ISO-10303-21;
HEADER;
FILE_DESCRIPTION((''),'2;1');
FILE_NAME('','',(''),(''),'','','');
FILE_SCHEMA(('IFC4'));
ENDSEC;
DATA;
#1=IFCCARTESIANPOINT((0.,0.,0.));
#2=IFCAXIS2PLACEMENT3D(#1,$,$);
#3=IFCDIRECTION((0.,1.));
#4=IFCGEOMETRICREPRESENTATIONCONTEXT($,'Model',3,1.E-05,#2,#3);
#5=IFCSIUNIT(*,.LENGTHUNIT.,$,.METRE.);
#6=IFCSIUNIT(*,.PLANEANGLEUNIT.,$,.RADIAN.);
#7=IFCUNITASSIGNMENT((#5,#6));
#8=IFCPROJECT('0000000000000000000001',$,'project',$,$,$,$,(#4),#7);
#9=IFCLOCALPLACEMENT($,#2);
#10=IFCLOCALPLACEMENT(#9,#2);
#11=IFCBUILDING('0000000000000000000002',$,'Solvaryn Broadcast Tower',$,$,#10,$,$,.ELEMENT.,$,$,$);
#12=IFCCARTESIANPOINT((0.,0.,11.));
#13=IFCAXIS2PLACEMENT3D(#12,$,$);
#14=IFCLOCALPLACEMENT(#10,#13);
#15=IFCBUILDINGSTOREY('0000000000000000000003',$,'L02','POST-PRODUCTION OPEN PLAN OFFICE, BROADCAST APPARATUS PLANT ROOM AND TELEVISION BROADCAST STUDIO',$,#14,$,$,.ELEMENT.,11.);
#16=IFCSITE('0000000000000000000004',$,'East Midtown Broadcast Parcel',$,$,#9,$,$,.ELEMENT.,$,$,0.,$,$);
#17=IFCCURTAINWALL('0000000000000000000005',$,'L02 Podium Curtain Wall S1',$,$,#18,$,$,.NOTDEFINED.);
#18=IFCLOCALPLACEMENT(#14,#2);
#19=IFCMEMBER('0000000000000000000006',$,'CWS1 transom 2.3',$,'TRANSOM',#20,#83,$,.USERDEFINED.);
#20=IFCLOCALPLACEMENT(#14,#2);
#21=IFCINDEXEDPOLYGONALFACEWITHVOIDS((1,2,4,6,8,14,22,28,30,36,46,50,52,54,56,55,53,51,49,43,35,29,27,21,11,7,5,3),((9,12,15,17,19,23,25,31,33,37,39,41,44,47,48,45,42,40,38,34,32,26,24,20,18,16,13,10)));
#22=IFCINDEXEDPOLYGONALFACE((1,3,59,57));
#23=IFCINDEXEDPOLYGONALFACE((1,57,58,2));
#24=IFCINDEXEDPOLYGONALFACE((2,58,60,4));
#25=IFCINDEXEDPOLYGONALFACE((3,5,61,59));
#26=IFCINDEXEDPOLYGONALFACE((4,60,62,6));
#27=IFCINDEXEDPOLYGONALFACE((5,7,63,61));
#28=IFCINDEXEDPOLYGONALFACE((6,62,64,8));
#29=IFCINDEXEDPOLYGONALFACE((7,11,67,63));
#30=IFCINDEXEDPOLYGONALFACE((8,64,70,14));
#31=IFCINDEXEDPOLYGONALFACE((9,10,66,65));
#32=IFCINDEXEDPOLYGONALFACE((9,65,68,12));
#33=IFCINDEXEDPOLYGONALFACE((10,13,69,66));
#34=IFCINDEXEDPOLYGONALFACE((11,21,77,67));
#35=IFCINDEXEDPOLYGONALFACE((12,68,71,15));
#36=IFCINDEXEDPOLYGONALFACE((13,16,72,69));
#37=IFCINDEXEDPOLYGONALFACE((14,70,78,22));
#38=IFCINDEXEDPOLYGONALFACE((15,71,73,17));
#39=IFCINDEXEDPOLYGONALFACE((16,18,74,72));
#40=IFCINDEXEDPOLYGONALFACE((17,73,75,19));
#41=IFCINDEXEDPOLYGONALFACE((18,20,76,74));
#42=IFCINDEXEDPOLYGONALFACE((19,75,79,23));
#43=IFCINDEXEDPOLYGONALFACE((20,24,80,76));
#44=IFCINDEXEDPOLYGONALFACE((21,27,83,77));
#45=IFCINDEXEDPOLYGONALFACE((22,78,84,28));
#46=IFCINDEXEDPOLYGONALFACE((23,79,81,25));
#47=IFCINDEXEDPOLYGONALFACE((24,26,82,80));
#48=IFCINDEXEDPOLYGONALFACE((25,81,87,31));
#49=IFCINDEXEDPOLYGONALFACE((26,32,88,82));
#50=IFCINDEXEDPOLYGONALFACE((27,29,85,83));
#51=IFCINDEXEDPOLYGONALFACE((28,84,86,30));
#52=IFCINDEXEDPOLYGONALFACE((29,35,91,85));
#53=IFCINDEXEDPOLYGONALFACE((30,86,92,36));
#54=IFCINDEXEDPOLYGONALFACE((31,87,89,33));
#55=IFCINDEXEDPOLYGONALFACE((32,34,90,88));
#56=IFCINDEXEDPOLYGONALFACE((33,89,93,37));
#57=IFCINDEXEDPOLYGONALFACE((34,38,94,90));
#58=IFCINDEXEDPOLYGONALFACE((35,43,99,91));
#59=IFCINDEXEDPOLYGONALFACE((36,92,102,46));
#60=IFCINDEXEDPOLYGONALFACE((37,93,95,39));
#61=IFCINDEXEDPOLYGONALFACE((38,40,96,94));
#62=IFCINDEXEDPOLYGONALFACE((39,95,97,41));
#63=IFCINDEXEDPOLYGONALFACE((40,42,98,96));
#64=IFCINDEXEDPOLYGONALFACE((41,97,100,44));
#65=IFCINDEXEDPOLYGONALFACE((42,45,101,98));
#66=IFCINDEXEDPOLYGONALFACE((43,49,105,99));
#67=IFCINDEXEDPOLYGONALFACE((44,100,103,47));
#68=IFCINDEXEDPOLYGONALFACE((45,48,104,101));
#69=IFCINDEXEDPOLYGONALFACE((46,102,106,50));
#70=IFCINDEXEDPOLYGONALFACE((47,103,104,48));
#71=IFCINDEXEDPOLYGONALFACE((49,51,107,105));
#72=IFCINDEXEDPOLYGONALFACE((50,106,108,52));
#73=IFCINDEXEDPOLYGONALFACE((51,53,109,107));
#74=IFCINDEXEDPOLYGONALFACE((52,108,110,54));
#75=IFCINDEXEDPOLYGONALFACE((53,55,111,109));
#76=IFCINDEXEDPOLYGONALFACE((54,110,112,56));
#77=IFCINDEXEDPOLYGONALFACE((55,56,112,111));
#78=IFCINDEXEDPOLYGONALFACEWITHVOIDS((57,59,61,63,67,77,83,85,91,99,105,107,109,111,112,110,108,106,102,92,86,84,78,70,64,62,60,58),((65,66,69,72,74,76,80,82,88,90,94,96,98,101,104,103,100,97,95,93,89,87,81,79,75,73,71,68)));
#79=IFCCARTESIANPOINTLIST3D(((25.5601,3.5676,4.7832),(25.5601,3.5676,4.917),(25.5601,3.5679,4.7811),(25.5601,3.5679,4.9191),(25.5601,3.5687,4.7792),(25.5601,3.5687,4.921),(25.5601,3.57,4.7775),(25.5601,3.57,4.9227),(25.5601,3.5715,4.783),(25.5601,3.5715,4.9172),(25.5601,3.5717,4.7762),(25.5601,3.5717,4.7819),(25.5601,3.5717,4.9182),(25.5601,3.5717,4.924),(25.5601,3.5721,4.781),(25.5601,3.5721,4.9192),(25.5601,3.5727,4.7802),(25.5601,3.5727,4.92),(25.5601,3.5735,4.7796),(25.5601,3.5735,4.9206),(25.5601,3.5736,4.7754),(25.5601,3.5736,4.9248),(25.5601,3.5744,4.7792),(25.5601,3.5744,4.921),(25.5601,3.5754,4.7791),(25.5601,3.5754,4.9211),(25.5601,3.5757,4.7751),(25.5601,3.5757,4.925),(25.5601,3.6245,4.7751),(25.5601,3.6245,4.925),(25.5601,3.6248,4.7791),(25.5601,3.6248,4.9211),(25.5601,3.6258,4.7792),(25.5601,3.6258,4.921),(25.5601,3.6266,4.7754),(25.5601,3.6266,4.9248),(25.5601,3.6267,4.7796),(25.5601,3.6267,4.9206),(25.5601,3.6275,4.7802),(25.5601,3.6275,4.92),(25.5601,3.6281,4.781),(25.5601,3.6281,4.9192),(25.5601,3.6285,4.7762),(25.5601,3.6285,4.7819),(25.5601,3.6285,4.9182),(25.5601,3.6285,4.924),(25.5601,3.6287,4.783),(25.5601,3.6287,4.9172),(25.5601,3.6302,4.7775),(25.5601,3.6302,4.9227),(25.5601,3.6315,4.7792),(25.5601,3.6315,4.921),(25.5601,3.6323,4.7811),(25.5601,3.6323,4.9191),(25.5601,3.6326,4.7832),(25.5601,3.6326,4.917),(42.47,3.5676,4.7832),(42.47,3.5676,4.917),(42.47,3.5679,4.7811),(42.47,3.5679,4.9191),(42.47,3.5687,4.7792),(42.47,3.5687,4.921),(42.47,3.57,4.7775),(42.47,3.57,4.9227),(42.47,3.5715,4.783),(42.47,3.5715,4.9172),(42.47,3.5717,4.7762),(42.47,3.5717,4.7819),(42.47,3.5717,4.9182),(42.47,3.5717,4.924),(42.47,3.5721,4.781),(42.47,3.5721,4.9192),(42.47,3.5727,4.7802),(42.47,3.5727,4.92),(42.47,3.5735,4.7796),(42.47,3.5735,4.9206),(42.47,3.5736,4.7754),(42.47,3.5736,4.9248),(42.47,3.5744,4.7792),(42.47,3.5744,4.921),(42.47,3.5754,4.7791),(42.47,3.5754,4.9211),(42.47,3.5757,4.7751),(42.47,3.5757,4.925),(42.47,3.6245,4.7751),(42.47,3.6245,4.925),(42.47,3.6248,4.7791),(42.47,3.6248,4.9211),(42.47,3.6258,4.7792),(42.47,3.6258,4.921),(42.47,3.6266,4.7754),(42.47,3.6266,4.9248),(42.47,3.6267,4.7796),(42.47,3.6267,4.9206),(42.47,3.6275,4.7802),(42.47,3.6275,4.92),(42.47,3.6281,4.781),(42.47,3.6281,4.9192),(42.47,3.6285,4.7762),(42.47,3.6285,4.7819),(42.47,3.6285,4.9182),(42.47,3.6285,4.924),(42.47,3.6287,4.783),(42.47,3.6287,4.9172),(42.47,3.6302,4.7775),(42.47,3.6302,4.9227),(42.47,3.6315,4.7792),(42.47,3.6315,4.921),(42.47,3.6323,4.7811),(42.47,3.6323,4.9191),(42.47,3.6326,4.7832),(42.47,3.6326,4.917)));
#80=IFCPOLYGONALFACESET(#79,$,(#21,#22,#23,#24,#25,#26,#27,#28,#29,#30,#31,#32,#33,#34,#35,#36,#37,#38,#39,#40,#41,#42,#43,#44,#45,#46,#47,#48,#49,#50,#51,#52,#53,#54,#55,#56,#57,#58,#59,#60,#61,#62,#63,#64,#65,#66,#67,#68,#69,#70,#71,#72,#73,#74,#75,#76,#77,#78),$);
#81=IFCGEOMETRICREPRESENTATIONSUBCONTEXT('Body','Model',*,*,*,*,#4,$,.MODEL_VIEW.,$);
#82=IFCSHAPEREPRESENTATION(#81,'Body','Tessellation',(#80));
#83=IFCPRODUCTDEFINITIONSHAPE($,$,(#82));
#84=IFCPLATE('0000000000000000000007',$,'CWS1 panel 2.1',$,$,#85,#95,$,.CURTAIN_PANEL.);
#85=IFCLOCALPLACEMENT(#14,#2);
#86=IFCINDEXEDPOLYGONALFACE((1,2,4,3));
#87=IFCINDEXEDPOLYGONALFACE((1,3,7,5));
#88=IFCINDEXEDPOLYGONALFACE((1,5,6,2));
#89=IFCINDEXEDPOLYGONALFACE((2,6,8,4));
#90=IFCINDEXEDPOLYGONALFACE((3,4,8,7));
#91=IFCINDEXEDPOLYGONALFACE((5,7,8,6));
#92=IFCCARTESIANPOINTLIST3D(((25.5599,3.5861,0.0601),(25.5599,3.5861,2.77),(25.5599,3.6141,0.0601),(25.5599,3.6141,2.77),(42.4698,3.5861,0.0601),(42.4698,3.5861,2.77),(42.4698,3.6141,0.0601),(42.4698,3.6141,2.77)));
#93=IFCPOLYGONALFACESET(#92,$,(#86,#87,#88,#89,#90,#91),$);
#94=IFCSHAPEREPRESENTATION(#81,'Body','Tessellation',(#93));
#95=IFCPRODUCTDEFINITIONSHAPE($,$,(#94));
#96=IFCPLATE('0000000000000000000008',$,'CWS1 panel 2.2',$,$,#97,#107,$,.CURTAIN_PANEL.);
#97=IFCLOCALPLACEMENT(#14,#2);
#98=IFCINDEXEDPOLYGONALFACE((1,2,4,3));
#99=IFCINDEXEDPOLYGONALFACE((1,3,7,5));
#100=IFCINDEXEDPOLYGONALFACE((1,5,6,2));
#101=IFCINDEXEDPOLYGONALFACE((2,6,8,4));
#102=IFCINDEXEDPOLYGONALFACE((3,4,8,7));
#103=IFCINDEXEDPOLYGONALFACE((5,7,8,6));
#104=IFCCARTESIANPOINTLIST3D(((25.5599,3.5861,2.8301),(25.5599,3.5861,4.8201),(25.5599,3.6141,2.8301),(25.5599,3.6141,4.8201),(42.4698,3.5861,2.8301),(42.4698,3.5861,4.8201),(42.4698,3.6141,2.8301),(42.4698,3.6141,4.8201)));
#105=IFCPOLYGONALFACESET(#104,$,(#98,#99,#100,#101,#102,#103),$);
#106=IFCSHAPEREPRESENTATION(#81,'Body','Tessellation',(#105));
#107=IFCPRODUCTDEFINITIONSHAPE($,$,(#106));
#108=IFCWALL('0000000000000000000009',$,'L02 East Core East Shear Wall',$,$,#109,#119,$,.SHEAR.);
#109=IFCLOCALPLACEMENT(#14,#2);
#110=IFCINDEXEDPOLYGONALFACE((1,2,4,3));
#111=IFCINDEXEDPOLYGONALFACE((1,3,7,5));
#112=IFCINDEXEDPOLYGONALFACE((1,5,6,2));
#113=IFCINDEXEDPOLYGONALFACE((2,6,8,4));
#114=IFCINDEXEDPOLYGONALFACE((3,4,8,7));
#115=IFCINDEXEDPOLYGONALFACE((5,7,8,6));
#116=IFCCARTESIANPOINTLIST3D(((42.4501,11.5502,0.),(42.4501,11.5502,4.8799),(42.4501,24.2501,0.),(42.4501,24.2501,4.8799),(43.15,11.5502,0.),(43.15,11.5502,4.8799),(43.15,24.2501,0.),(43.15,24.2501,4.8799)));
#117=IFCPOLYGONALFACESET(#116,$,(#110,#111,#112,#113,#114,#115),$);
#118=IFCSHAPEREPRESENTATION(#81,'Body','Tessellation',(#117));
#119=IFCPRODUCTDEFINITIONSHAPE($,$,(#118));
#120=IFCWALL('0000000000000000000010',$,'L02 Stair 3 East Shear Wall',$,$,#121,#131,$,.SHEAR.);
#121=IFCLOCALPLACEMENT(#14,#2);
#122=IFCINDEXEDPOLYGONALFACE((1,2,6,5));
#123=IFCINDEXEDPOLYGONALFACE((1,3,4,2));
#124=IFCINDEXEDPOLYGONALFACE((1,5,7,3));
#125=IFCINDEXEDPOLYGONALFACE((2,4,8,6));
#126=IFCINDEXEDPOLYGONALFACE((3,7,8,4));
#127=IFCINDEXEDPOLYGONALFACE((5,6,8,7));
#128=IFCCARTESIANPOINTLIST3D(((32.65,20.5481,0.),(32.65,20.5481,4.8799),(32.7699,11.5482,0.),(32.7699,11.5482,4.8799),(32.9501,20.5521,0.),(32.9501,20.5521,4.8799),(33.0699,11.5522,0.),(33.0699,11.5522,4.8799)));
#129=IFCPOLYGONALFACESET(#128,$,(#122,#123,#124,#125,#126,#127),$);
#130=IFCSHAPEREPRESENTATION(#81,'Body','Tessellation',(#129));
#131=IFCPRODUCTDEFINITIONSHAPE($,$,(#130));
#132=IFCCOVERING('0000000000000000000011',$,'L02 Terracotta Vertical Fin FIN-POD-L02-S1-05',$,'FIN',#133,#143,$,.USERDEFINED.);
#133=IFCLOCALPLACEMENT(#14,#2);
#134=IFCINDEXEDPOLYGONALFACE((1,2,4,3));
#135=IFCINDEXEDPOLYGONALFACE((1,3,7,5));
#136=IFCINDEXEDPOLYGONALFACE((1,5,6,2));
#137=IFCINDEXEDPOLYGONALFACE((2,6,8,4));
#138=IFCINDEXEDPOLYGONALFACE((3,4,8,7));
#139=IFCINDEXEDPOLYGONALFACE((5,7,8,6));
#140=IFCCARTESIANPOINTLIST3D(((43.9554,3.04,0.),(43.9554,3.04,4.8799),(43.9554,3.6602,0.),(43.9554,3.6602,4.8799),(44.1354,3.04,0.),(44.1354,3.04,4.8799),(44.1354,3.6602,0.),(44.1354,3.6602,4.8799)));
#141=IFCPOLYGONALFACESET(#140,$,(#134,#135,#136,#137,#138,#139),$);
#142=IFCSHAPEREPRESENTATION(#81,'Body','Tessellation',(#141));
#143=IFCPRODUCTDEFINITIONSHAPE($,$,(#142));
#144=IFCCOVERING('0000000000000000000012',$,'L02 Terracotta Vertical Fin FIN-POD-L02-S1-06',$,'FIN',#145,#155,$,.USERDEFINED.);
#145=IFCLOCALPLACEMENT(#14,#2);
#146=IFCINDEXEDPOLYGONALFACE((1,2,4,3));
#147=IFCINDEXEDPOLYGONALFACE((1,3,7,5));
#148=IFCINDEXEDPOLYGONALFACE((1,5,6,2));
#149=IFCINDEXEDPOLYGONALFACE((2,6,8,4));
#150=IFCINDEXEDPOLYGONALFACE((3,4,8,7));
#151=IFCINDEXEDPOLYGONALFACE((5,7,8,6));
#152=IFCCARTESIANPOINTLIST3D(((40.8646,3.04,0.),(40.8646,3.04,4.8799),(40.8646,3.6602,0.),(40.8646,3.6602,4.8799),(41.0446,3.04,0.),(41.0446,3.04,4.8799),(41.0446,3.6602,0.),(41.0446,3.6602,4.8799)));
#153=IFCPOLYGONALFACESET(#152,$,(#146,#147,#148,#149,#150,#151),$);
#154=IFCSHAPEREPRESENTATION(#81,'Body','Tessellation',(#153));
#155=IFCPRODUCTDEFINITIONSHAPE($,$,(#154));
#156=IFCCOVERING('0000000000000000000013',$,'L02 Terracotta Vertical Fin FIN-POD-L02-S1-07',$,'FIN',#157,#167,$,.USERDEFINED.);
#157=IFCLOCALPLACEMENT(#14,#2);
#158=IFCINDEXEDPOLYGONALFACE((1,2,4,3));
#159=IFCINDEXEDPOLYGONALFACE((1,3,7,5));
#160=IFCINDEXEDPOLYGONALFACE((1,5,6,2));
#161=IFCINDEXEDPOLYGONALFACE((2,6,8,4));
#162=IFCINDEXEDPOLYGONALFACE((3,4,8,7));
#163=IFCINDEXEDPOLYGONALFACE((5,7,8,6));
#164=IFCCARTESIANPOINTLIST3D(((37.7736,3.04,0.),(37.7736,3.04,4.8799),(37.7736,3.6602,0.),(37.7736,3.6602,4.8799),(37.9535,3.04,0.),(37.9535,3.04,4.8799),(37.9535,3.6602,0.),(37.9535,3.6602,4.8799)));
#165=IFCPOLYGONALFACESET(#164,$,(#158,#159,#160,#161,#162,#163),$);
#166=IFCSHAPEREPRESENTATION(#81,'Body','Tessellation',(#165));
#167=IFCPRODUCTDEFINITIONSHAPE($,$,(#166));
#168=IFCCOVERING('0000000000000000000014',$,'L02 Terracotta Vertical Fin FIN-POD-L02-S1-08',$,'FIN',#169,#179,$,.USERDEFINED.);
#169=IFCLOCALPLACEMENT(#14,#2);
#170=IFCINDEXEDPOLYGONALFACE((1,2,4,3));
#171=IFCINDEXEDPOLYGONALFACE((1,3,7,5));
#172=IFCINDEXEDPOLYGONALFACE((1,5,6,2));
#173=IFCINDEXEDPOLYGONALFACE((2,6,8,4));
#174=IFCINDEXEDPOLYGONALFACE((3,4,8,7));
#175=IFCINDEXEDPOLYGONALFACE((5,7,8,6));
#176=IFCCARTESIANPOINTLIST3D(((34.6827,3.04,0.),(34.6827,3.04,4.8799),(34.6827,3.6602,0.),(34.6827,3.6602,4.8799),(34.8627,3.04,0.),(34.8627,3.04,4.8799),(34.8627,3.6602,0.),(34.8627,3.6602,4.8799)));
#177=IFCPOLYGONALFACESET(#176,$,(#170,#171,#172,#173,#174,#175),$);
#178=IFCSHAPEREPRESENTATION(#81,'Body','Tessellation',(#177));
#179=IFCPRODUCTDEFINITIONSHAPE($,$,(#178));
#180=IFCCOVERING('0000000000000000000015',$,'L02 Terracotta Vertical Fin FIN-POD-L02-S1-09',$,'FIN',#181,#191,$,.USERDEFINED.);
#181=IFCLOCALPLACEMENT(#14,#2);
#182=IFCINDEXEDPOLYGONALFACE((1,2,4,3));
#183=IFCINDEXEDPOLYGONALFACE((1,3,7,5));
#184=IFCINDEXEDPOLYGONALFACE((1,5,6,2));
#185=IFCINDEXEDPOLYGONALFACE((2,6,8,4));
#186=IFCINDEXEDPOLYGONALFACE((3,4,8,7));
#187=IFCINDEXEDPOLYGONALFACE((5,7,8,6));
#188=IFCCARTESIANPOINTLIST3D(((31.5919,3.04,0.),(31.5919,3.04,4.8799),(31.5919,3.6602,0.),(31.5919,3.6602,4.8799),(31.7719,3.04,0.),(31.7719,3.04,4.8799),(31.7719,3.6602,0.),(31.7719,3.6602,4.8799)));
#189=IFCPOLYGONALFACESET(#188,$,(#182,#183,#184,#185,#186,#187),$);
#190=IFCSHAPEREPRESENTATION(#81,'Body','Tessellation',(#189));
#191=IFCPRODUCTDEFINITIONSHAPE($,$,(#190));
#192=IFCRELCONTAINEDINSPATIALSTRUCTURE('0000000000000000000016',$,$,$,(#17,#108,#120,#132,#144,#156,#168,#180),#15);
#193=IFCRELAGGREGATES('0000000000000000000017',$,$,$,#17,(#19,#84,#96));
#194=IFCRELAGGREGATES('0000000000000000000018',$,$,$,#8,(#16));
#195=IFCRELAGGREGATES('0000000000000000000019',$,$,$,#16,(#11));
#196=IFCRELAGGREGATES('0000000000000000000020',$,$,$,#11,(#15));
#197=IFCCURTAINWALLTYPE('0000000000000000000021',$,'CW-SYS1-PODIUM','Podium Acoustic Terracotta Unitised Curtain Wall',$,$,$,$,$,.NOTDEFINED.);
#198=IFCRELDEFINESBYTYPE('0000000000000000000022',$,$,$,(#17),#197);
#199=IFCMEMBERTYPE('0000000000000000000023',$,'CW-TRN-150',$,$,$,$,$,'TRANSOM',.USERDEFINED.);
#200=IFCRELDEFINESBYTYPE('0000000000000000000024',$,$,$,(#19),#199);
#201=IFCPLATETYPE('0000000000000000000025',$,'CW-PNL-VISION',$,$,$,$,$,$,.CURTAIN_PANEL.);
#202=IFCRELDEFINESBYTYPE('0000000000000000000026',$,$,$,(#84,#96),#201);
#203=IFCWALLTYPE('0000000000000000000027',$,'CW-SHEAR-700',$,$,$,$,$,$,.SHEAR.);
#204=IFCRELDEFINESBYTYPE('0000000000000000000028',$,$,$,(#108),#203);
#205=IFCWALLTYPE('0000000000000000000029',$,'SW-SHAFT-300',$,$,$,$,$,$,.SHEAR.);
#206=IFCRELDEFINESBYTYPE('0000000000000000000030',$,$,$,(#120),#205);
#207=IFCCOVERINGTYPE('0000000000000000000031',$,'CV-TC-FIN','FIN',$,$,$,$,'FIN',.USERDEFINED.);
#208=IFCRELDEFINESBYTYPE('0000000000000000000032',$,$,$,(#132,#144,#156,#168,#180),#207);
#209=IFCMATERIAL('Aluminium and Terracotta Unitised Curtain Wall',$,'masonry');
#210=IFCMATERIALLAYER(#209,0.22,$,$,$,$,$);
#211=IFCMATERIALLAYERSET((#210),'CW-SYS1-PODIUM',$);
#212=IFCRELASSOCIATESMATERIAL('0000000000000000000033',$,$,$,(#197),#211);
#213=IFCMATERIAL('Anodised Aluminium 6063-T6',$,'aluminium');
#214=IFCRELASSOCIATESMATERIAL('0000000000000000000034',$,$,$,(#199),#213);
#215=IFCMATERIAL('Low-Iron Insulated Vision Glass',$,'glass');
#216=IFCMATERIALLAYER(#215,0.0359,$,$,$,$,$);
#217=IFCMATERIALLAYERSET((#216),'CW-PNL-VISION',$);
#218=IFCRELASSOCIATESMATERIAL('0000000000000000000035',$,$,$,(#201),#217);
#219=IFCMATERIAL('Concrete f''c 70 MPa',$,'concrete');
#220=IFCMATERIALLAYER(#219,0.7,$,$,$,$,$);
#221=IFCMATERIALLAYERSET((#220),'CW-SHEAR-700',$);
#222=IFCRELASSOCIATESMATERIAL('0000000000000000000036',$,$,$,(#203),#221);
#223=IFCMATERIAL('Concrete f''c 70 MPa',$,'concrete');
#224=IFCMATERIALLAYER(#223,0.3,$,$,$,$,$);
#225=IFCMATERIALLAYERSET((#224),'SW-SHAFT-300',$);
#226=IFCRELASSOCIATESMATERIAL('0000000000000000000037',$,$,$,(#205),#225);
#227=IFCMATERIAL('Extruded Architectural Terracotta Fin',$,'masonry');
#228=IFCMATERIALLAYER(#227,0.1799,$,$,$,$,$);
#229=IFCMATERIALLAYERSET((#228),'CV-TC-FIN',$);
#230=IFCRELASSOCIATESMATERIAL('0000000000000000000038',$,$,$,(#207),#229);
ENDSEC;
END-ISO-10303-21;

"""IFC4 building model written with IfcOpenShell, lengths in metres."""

from ifc_helpers import new_model, si_unit, direction, frame, frame_2d, origin, origin_2d, place, context, subcontext, project, spatial, rectangle, hollow_rectangle, extrude, material, layer, layer_set, material_profile, profile_set, type_object, element, aggregate, save


model = new_model("IFC4")

# Units and contexts
model_context = context("Model", 3, precision=1e-05, world=origin(), true_north=direction((0.0, 1.0)))
body_context = subcontext(model_context, "Body", "Model", "MODEL_VIEW")
ifc_project = project(units=[si_unit("LENGTHUNIT", "METRE"), si_unit("PLANEANGLEUNIT", "RADIAN")], contexts=[model_context])

# Site, building, storey
site_placement = place(None, origin())
site = spatial("IfcSite", under=ifc_project, at=site_placement, Name="East Midtown Broadcast Parcel", CompositionType="ELEMENT", RefElevation=0.0)
building_placement = place(site_placement, origin())
building = spatial("IfcBuilding", under=site, at=building_placement, Name="Solvaryn Broadcast Tower", CompositionType="ELEMENT")
storey_placement = place(building_placement, frame((0.0, 0.0, 11.0)))
storey = spatial("IfcBuildingStorey", under=building, at=storey_placement, Name="L02", Description="POST-PRODUCTION OPEN PLAN OFFICE, BROADCAST APPARATUS PLANT ROOM AND TELEVISION BROADCAST STUDIO", CompositionType="ELEMENT", Elevation=11.0)

# Curtain wall, member, plates
ifc_material_1 = material(Name="Aluminium and Terracotta Unitised Curtain Wall", Category="masonry")
ifc_layer_1 = layer(ifc_material_1, 0.22)
ifc_layer_set_1 = layer_set([ifc_layer_1], Name="CW-SYS1-PODIUM")
curtain_wall_type = type_object("IfcCurtainWallType", Name="CW-SYS1-PODIUM", Description="Podium Acoustic Terracotta Unitised Curtain Wall", PredefinedType="NOTDEFINED", material=ifc_layer_set_1)
curtain_wall_placement = place(storey_placement, origin())
curtain_wall = element("IfcCurtainWall", 1, at=curtain_wall_placement, inside=storey, type_object=curtain_wall_type, Name="L02 Podium Curtain Wall S1", PredefinedType="NOTDEFINED")
ifc_material_2 = material(Name="Anodised Aluminium 6063-T6", Category="aluminium")
ifc_material_profile_1 = material_profile(ifc_material_2, hollow_rectangle(XDim=0.0649, YDim=0.1499, WallThickness=0.0039, InnerFilletRadius=0.0039, OuterFilletRadius=0.0081, at=origin_2d()))
ifc_profile_set_1 = profile_set([ifc_material_profile_1], Name="Anodised Aluminium 6063-T6")
member_type_1 = type_object("IfcMemberType", Name="CW-TRN-150", ElementType="TRANSOM", PredefinedType="USERDEFINED", material=ifc_profile_set_1)
member_1_placement = place(storey_placement, frame((42.47, 3.6001, 4.8501), z_axis=(-1.0, 0.0, 0.0), x_axis=(0.0, -1.0, 0.0)))
member_1 = element("IfcMember", 2, at=member_1_placement, type_object=member_type_1, Name="CWS1 transom 2.3", ObjectType="TRANSOM", PredefinedType="USERDEFINED", context=body_context, shape_type="SweptSolid", body=[
    extrude(hollow_rectangle(XDim=0.0649, YDim=0.1499, WallThickness=0.0039, InnerFilletRadius=0.0039, OuterFilletRadius=0.0081, at=origin_2d()), origin(), (0.0, 0.0, 1.0), 16.9099),
])
ifc_material_3 = material(Name="Low-Iron Insulated Vision Glass", Category="glass")
ifc_layer_2 = layer(ifc_material_3, 0.0359)
ifc_layer_set_2 = layer_set([ifc_layer_2], Name="CW-PNL-VISION")
plate_type = type_object("IfcPlateType", Name="CW-PNL-VISION", PredefinedType="CURTAIN_PANEL", material=ifc_layer_set_2)
plate_1_placement = place(storey_placement, frame((34.0149, 3.6001, 0.0601), z_axis=(0.0, 0.0, 1.0), x_axis=(-1.0, 0.0, 0.0)))
plate_1 = element("IfcPlate", 3, at=plate_1_placement, type_object=plate_type, Name="CWS1 panel 2.1", PredefinedType="CURTAIN_PANEL", context=body_context, shape_type="SweptSolid", body=[
    extrude(rectangle(XDim=16.9099, YDim=0.0281, at=origin_2d()), origin(), (0.0, 0.0, 1.0), 2.71),
])
plate_2_placement = place(storey_placement, frame((34.0149, 3.6001, 2.8301), z_axis=(0.0, 0.0, 1.0), x_axis=(-1.0, 0.0, 0.0)))
plate_2 = element("IfcPlate", 4, at=plate_2_placement, type_object=plate_type, Name="CWS1 panel 2.2", PredefinedType="CURTAIN_PANEL", context=body_context, shape_type="SweptSolid", body=[
    extrude(rectangle(XDim=16.9099, YDim=0.0281, at=origin_2d()), origin(), (0.0, 0.0, 1.0), 1.99),
])
aggregate(curtain_wall, [member_1, plate_1, plate_2])

# Walls
ifc_material_4 = material(Name="Concrete f'c 70 MPa", Category="concrete")
ifc_layer_3 = layer(ifc_material_4, 0.7)
ifc_layer_set_3 = layer_set([ifc_layer_3], Name="CW-SHEAR-700")
wall_type_1 = type_object("IfcWallType", Name="CW-SHEAR-700", PredefinedType="SHEAR", material=ifc_layer_set_3)
wall_1_placement = place(storey_placement, frame((42.8, 11.55, 0.0), z_axis=(0.0, 0.0, 1.0), x_axis=(0.0, 1.0, 0.0)))
element("IfcWall", 5, at=wall_1_placement, inside=storey, type_object=wall_type_1, Name="L02 East Core East Shear Wall", PredefinedType="SHEAR", context=body_context, shape_type="SweptSolid", body=[
    extrude(rectangle(XDim=12.7, YDim=0.7, at=frame_2d((6.3501, 0.0))), origin(), (0.0, 0.0, 1.0), 4.8799),
])
ifc_material_5 = material(Name="Concrete f'c 70 MPa", Category="concrete")
ifc_layer_4 = layer(ifc_material_5, 0.3)
ifc_layer_set_4 = layer_set([ifc_layer_4], Name="SW-SHAFT-300")
wall_type_2 = type_object("IfcWallType", Name="SW-SHAFT-300", PredefinedType="SHEAR", material=ifc_layer_set_4)
wall_2_placement = place(storey_placement, frame((32.9199, 11.55, 0.0), z_axis=(0.0, 0.0, 1.0), x_axis=(-0.013318, 0.999911, 0.0)))
element("IfcWall", 6, at=wall_2_placement, inside=storey, type_object=wall_type_2, Name="L02 Stair 3 East Shear Wall", PredefinedType="SHEAR", context=body_context, shape_type="SweptSolid", body=[
    extrude(rectangle(XDim=9.0007, YDim=0.3, at=frame_2d((4.5005, 0.0))), origin(), (0.0, 0.0, 1.0), 4.8799),
])

# Coverings
ifc_material_6 = material(Name="Extruded Architectural Terracotta Fin", Category="masonry")
ifc_layer_5 = layer(ifc_material_6, 0.1799)
ifc_layer_set_5 = layer_set([ifc_layer_5], Name="CV-TC-FIN")
covering_type = type_object("IfcCoveringType", Name="CV-TC-FIN", Description="FIN", ElementType="FIN", PredefinedType="USERDEFINED", material=ifc_layer_set_5)
for number, where, z_axis, x_axis, name in (
    (7, (44.0454, 3.3501, 0.0), (0.0, 0.0, 1.0), (1.0, 0.0, 0.0), "L02 Terracotta Vertical Fin FIN-POD-L02-S1-05"),
    (8, (40.9546, 3.3501, 0.0), (0.0, 0.0, 1.0), (1.0, 0.0, 0.0), "L02 Terracotta Vertical Fin FIN-POD-L02-S1-06"),
    (9, (37.8635, 3.3501, 0.0), (0.0, 0.0, 1.0), (1.0, 0.0, 0.0), "L02 Terracotta Vertical Fin FIN-POD-L02-S1-07"),
    (10, (34.7727, 3.3501, 0.0), (0.0, 0.0, 1.0), (1.0, 0.0, 0.0), "L02 Terracotta Vertical Fin FIN-POD-L02-S1-08"),
    (11, (31.6819, 3.3501, 0.0), (0.0, 0.0, 1.0), (1.0, 0.0, 0.0), "L02 Terracotta Vertical Fin FIN-POD-L02-S1-09"),
):
    element("IfcCovering", number, at=place(storey_placement, frame(where, z_axis=z_axis, x_axis=x_axis)), inside=storey, type_object=covering_type, Name=name, ObjectType="FIN", PredefinedType="USERDEFINED", context=body_context, shape_type="SweptSolid", body=[
        extrude(rectangle(XDim=0.1799, YDim=0.6201, at=origin_2d()), origin(), (0.0, 0.0, 1.0), 4.8799),
    ])

save(model, "model.ifc")
